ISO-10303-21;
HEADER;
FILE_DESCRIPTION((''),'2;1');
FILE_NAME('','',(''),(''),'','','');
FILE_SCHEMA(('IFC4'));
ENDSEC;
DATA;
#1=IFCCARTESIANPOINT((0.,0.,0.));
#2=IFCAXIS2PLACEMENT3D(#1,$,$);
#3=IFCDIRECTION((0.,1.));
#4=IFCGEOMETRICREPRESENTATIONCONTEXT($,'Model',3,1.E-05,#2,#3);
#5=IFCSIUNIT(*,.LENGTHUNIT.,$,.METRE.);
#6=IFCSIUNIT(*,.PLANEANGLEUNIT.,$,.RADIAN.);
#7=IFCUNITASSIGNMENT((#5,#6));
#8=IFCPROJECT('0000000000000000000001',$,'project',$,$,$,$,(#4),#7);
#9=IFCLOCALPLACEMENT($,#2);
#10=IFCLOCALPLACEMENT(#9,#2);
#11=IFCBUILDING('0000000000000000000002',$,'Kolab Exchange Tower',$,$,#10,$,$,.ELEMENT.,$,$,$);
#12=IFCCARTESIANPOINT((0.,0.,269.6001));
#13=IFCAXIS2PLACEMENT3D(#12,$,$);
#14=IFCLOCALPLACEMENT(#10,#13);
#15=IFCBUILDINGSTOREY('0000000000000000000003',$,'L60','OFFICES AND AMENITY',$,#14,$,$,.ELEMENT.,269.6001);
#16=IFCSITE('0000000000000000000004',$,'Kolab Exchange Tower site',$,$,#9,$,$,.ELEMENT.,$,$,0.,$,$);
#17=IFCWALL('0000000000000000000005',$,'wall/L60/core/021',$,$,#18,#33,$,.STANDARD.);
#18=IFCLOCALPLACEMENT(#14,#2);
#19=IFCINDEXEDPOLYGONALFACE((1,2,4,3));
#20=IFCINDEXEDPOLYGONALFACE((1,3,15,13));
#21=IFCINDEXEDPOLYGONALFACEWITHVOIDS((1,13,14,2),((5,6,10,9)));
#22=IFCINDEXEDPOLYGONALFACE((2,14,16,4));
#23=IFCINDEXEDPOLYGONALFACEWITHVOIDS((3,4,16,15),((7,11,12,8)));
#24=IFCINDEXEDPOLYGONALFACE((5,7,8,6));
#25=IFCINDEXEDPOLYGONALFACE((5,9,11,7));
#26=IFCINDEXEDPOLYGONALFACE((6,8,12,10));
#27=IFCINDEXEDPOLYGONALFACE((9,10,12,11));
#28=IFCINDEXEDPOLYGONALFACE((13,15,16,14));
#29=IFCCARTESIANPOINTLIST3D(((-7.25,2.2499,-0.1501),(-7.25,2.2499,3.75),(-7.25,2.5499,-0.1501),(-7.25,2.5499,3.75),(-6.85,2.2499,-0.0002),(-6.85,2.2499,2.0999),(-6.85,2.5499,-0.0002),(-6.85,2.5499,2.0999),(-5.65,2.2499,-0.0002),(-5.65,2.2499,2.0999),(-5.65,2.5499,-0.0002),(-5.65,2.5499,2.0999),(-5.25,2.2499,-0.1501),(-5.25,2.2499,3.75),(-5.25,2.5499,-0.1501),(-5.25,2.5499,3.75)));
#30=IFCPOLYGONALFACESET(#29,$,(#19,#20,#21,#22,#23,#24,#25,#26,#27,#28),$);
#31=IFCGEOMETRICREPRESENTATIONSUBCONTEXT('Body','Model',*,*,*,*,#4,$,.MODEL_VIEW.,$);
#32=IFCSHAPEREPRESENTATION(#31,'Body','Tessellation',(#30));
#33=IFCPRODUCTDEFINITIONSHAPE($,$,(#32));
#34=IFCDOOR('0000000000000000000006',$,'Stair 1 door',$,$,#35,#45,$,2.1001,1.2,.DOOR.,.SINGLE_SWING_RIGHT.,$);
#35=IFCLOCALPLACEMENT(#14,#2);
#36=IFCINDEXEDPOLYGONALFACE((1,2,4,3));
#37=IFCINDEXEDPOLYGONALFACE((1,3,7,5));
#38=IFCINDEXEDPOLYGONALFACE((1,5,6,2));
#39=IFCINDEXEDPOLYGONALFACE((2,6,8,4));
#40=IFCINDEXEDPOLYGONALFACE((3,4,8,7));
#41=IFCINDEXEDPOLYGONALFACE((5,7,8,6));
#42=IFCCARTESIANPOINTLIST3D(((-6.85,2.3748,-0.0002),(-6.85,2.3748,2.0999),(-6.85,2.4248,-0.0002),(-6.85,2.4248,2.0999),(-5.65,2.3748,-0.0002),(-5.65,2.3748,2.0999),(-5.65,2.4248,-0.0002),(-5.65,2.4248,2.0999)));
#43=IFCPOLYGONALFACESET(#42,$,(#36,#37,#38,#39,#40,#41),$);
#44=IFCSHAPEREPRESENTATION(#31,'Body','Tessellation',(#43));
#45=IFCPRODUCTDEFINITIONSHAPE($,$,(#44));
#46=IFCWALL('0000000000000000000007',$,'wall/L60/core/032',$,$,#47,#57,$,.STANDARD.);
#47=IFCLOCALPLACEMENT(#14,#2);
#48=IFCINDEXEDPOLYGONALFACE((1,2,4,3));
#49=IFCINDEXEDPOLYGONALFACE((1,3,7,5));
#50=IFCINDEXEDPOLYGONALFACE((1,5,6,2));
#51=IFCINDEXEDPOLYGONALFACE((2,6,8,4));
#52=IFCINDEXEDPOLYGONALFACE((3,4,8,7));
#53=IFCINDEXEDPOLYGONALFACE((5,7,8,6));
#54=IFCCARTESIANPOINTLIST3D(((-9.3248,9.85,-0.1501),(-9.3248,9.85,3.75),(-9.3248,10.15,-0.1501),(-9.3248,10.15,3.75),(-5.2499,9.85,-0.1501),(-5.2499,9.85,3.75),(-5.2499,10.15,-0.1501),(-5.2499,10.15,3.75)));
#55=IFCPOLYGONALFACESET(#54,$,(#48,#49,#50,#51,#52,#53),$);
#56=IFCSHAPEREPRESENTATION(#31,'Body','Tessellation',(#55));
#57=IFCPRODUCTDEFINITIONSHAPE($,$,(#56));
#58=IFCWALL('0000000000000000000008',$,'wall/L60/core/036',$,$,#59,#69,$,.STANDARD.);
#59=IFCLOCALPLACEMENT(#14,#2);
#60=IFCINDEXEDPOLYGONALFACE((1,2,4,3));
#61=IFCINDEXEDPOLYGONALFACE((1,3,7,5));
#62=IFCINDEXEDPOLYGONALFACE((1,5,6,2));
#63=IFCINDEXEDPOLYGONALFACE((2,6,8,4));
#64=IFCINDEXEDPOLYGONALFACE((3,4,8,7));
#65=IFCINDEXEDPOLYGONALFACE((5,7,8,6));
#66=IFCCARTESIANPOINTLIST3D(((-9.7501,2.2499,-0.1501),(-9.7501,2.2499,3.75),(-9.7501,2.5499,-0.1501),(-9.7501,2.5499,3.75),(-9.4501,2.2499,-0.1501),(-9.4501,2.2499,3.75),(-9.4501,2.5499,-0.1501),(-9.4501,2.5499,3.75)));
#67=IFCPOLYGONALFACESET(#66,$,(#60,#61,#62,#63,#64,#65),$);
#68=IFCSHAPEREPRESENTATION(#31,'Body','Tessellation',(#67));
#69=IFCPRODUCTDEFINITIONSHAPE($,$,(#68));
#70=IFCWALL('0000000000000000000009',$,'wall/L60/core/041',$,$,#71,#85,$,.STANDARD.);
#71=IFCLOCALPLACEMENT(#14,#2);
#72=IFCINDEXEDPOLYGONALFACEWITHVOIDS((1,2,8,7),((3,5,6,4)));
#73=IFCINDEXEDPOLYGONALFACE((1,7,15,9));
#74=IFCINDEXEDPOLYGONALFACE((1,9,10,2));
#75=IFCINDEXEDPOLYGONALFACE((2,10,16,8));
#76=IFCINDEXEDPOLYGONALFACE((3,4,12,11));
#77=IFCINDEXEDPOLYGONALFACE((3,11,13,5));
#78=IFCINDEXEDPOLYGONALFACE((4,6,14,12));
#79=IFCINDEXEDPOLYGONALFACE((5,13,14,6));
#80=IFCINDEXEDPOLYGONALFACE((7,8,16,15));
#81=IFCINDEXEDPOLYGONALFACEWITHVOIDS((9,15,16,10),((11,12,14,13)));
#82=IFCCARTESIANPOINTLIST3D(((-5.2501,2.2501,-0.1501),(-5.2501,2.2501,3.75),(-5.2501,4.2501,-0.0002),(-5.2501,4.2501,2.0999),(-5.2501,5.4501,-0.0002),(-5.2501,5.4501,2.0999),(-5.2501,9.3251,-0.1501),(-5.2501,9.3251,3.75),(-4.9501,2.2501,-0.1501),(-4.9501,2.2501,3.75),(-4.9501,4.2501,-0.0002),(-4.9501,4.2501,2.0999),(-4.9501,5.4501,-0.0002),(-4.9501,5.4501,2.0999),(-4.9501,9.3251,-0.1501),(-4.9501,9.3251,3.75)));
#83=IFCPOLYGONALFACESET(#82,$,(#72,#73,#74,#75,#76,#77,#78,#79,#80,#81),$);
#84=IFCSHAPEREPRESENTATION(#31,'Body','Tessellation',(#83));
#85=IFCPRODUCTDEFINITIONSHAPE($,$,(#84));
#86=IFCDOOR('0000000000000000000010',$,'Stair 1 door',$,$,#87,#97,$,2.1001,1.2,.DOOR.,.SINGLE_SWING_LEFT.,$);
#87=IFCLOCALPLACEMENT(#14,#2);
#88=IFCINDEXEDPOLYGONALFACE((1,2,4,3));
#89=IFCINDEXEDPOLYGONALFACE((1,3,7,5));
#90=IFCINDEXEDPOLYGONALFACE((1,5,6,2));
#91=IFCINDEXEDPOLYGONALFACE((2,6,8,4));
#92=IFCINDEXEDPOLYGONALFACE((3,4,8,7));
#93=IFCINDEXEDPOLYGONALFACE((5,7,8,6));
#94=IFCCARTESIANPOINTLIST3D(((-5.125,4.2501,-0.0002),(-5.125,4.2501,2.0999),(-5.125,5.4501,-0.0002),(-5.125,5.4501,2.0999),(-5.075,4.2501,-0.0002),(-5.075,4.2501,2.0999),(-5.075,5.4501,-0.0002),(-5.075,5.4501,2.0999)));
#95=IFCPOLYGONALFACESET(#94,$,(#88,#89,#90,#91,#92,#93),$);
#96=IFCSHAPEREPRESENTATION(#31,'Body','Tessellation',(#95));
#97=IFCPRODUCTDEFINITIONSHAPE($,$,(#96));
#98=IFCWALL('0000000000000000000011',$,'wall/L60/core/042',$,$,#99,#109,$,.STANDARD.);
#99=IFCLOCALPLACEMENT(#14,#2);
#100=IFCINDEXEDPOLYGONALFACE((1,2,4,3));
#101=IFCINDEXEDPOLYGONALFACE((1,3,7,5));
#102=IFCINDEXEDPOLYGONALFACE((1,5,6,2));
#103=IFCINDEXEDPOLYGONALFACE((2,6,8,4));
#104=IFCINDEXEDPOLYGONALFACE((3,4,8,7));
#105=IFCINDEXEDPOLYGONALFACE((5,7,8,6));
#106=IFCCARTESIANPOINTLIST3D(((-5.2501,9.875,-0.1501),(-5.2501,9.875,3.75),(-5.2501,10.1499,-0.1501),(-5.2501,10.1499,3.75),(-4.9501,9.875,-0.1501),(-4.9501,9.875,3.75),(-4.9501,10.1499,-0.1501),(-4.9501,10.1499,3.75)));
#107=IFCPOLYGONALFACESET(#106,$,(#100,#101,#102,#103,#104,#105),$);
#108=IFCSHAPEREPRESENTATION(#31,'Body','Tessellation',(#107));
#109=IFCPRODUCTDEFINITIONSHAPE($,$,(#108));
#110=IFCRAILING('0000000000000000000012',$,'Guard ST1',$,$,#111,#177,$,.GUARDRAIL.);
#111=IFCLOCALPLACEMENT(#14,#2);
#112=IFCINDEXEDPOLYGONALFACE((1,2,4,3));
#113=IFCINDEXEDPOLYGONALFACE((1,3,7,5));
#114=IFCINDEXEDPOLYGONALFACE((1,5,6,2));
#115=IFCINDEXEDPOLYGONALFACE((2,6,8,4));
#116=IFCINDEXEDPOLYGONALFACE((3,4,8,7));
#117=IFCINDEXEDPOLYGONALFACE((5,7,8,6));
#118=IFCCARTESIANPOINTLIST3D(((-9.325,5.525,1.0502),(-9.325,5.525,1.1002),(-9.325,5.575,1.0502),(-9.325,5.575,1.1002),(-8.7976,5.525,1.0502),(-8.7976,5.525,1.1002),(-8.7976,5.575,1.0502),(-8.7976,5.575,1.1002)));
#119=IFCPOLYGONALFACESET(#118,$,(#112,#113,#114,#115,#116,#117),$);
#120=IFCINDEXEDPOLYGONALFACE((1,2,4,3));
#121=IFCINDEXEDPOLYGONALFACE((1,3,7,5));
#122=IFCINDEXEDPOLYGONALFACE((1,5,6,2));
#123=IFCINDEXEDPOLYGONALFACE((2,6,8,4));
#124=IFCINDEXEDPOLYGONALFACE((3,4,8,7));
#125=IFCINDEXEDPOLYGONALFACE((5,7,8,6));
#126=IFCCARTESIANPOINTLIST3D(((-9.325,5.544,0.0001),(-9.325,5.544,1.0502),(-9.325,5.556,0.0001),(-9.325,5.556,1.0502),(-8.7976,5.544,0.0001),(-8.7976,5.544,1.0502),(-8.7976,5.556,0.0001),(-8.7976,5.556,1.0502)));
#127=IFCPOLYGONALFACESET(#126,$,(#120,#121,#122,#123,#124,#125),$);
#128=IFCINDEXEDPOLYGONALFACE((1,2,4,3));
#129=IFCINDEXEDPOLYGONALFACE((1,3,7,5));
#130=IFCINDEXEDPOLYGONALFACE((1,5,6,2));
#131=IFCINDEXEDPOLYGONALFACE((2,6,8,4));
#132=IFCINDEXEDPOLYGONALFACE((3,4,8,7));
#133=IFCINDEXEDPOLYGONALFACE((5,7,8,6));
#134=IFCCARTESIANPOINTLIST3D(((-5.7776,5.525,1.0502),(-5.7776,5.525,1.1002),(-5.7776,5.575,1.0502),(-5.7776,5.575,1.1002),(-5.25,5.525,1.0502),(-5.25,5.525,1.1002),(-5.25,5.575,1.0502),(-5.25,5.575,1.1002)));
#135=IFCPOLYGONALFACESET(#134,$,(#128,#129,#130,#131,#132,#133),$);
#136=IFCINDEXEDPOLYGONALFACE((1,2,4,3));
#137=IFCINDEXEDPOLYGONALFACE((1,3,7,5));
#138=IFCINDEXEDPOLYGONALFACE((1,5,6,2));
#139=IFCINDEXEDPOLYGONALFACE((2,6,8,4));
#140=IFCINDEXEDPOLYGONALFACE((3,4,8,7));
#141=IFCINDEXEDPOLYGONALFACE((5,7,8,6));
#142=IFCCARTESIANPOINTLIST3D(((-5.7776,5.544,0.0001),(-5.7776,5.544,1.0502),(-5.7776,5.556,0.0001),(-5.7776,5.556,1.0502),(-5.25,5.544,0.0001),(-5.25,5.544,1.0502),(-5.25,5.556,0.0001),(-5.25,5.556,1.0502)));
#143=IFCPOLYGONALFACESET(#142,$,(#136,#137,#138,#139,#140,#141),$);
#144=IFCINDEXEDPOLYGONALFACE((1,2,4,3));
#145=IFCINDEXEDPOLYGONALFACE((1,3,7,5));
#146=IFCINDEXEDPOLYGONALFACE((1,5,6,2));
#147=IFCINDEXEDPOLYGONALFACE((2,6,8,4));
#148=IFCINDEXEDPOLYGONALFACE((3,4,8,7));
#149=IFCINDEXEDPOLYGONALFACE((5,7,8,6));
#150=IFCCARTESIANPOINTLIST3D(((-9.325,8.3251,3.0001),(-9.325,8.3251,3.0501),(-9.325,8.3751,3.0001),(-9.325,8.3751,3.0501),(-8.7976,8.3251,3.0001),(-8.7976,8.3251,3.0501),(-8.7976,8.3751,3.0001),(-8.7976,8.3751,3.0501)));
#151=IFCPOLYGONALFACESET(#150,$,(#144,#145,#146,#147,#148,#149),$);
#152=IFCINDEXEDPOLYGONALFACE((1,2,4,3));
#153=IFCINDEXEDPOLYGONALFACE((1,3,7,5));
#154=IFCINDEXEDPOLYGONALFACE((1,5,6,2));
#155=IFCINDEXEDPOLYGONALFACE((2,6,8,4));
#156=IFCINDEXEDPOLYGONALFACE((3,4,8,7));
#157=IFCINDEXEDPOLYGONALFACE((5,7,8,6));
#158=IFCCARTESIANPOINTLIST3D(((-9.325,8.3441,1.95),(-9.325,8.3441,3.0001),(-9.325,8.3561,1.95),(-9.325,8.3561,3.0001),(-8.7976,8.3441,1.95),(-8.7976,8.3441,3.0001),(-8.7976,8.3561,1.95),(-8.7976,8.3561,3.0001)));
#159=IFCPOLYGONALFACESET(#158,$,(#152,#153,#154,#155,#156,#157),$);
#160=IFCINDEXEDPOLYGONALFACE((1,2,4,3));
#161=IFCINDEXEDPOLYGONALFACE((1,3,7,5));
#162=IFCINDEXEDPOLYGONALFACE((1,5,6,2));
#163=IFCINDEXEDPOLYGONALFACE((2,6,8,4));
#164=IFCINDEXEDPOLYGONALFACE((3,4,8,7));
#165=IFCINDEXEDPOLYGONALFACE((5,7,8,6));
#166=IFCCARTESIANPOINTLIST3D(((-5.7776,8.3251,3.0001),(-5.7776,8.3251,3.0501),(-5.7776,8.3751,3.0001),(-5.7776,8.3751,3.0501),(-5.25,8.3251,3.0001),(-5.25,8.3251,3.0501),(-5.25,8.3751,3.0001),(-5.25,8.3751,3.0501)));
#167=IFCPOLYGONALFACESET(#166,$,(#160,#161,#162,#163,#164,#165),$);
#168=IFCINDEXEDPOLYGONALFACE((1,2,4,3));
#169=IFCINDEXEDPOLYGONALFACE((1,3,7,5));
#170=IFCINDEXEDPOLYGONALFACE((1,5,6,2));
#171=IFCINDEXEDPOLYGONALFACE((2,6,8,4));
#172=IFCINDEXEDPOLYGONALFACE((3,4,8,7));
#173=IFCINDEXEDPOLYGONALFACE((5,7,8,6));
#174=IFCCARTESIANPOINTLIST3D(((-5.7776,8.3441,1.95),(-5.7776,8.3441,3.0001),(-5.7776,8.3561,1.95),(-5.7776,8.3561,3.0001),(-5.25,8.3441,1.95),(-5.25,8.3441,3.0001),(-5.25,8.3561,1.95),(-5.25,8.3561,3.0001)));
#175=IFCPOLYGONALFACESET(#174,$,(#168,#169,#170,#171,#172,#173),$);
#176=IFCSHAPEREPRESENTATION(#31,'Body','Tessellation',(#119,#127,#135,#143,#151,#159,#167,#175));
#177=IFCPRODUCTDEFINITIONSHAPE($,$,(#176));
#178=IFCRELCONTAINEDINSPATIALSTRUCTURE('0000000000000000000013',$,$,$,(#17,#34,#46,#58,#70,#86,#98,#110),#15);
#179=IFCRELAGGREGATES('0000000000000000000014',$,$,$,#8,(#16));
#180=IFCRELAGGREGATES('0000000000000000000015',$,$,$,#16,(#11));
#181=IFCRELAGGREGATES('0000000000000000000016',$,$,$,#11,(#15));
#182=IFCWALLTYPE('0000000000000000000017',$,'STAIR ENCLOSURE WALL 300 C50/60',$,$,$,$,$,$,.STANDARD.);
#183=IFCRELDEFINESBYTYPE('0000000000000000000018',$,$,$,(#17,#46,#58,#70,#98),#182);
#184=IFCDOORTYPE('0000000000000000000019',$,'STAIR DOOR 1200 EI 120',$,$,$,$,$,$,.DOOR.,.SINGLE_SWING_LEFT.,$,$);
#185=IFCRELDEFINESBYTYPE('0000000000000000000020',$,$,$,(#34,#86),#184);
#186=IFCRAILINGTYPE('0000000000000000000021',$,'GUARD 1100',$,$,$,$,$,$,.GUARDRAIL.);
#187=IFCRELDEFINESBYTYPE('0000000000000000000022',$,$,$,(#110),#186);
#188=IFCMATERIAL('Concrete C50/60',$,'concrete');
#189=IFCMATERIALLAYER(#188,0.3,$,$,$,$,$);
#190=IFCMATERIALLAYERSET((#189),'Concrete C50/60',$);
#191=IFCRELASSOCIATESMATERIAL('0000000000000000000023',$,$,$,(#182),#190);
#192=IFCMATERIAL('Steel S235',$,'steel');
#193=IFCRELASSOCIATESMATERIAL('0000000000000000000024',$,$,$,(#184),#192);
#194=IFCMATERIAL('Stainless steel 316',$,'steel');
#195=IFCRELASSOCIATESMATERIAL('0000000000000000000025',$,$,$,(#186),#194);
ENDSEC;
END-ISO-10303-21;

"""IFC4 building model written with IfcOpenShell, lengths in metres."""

from ifc_helpers import new_model, si_unit, direction, frame, frame_2d, origin, origin_2d, place, context, subcontext, project, spatial, rectangle, extrude, material, layer, layer_set, type_object, element, fill, save


model = new_model("IFC4")

# Units and contexts
model_context = context("Model", 3, precision=1e-05, world=origin(), true_north=direction((0.0, 1.0)))
body_context = subcontext(model_context, "Body", "Model", "MODEL_VIEW")
ifc_project = project(units=[si_unit("LENGTHUNIT", "METRE"), si_unit("PLANEANGLEUNIT", "RADIAN")], contexts=[model_context])

# Site, building, storey
site_placement = place(None, origin())
site = spatial("IfcSite", under=ifc_project, at=site_placement, Name="Kolab Exchange Tower site", CompositionType="ELEMENT", RefElevation=0.0)
building_placement = place(site_placement, origin())
building = spatial("IfcBuilding", under=site, at=building_placement, Name="Kolab Exchange Tower", CompositionType="ELEMENT")
storey_placement = place(building_placement, frame((0.0, 0.0, 269.6001)))
storey = spatial("IfcBuildingStorey", under=building, at=storey_placement, Name="L60", Description="OFFICES AND AMENITY", CompositionType="ELEMENT", Elevation=269.6001)

# Shared definitions
ifc_material_1 = material(Name="Concrete C50/60", Category="concrete")
ifc_material_2 = material(Name="Steel S235", Category="steel")

# Shared definitions
ifc_material_3 = material(Name="Stainless steel 316", Category="steel")

# Shared definitions
ifc_layer_1 = layer(ifc_material_1, 0.3)
ifc_layer_set_1 = layer_set([ifc_layer_1], Name="Concrete C50/60")
wall_type_1 = type_object("IfcWallType", Name="STAIR ENCLOSURE WALL 300 C50/60", PredefinedType="STANDARD", material=ifc_layer_set_1)

# Wall, opening, door
wall_1_placement = place(storey_placement, frame((-7.25, 2.3999, -0.1501), z_axis=(0.0, 0.0, 1.0), x_axis=(1.0, 0.0, 0.0)))
wall_1 = element("IfcWall", 1, at=wall_1_placement, inside=storey, type_object=wall_type_1, Name="wall/L60/core/021", PredefinedType="STANDARD", context=body_context, shape_type="SweptSolid", body=[
    extrude(rectangle(XDim=2.0, YDim=0.3, at=frame_2d((1.0, 0.0))), origin(), (0.0, 0.0, 1.0), 3.9001),
])
opening_1_placement = place(wall_1_placement, frame((0.3999, 0.0, 0.1499)))
opening_1 = element("IfcOpeningElement", 2, at=opening_1_placement, cuts=wall_1, PredefinedType="OPENING", context=body_context, shape_type="SweptSolid", body=[
    extrude(rectangle(XDim=1.2, YDim=2.1001, at=frame_2d((0.6001, 1.05))), frame((0.0, 0.1602, 0.0), z_axis=(0.0, -1.0, 0.0), x_axis=(1.0, 0.0, 0.0)), (0.0, 0.0, 1.0), 0.3201),
])
door_type_1 = type_object("IfcDoorType", Name="STAIR DOOR 1200 EI 120", OperationType="SINGLE_SWING_LEFT", PredefinedType="DOOR", material=ifc_material_2)
door_1_placement = place(opening_1_placement, origin())
door_1 = element("IfcDoor", 3, at=door_1_placement, inside=storey, type_object=door_type_1, Name="Stair 1 door", OperationType="SINGLE_SWING_RIGHT", OverallHeight=2.1001, OverallWidth=1.2, PredefinedType="DOOR", context=body_context, shape_type="SweptSolid", body=[
    extrude(rectangle(XDim=1.2, YDim=2.1001, at=frame_2d((0.6001, 1.05))), frame((0.0, 0.0249, 0.0), z_axis=(0.0, -1.0, 0.0), x_axis=(1.0, 0.0, 0.0)), (0.0, 0.0, 1.0), 0.05),
])
fill(opening_1, door_1)

# Walls
wall_2_placement = place(storey_placement, frame((-9.325, 10.0, -0.1501), z_axis=(0.0, 0.0, 1.0), x_axis=(1.0, 0.0, 0.0)))
element("IfcWall", 4, at=wall_2_placement, inside=storey, type_object=wall_type_1, Name="wall/L60/core/032", PredefinedType="STANDARD", context=body_context, shape_type="SweptSolid", body=[
    extrude(rectangle(XDim=4.075, YDim=0.3, at=frame_2d((2.0376, 0.0))), origin(), (0.0, 0.0, 1.0), 3.9001),
])
wall_3_placement = place(storey_placement, frame((-9.6001, 2.25, -0.1501), z_axis=(0.0, 0.0, 1.0), x_axis=(0.0, 1.0, 0.0)))
element("IfcWall", 5, at=wall_3_placement, inside=storey, type_object=wall_type_1, Name="wall/L60/core/036", PredefinedType="STANDARD", context=body_context, shape_type="SweptSolid", body=[
    extrude(rectangle(XDim=0.3, YDim=0.3, at=frame_2d((0.1499, 0.0))), origin(), (0.0, 0.0, 1.0), 3.9001),
])

# Wall, opening, door
wall_4_placement = place(storey_placement, frame((-5.1001, 2.25, -0.1501), z_axis=(0.0, 0.0, 1.0), x_axis=(0.0, 1.0, 0.0)))
wall_4 = element("IfcWall", 6, at=wall_4_placement, inside=storey, type_object=wall_type_1, Name="wall/L60/core/041", PredefinedType="STANDARD", context=body_context, shape_type="SweptSolid", body=[
    extrude(rectangle(XDim=7.075, YDim=0.3, at=frame_2d((3.5376, 0.0))), origin(), (0.0, 0.0, 1.0), 3.9001),
])
opening_2_placement = place(wall_4_placement, frame((2.0, 0.0, 0.1499)))
opening_2 = element("IfcOpeningElement", 7, at=opening_2_placement, cuts=wall_4, PredefinedType="OPENING", context=body_context, shape_type="SweptSolid", body=[
    extrude(rectangle(XDim=1.2, YDim=2.1001, at=frame_2d((0.6001, 1.05))), frame((0.0, 0.1602, 0.0), z_axis=(0.0, -1.0, 0.0), x_axis=(1.0, 0.0, 0.0)), (0.0, 0.0, 1.0), 0.3201),
])
door_2_placement = place(opening_2_placement, origin())
door_2 = element("IfcDoor", 8, at=door_2_placement, inside=storey, type_object=door_type_1, Name="Stair 1 door", OperationType="SINGLE_SWING_LEFT", OverallHeight=2.1001, OverallWidth=1.2, PredefinedType="DOOR", context=body_context, shape_type="SweptSolid", body=[
    extrude(rectangle(XDim=1.2, YDim=2.1001, at=frame_2d((0.6001, 1.05))), frame((0.0, 0.0249, 0.0), z_axis=(0.0, -1.0, 0.0), x_axis=(1.0, 0.0, 0.0)), (0.0, 0.0, 1.0), 0.05),
])
fill(opening_2, door_2)

# Wall
wall_5_placement = place(storey_placement, frame((-5.1001, 9.875, -0.1501), z_axis=(0.0, 0.0, 1.0), x_axis=(0.0, 1.0, 0.0)))
element("IfcWall", 9, at=wall_5_placement, inside=storey, type_object=wall_type_1, Name="wall/L60/core/042", PredefinedType="STANDARD", context=body_context, shape_type="SweptSolid", body=[
    extrude(rectangle(XDim=0.2749, YDim=0.3, at=frame_2d((0.1375, 0.0))), origin(), (0.0, 0.0, 1.0), 3.9001),
])

# Railing
railing_type = type_object("IfcRailingType", Name="GUARD 1100", PredefinedType="GUARDRAIL", material=ifc_material_3)
railing_1_placement = place(storey_placement, frame((-9.325, 5.55, 0.0)))
element("IfcRailing", 10, at=railing_1_placement, inside=storey, type_object=railing_type, Name="Guard ST1", PredefinedType="GUARDRAIL", context=body_context, shape_type="SweptSolid", body=[
    extrude(rectangle(XDim=0.05, YDim=0.05, at=origin_2d()), frame((0.0, 0.0, 1.0752), z_axis=(1.0, 0.0, 0.0), x_axis=(0.0, 1.0, 0.0)), (0.0, 0.0, 1.0), 0.5273),
    extrude(rectangle(XDim=0.012, YDim=1.0501, at=frame_2d((0.0, 0.5251))), frame((0.0, 0.0, 0.0), z_axis=(1.0, 0.0, 0.0), x_axis=(0.0, 1.0, 0.0)), (0.0, 0.0, 1.0), 0.5273),
    extrude(rectangle(XDim=0.05, YDim=0.05, at=origin_2d()), frame((3.5474, 0.0, 1.0752), z_axis=(1.0, 0.0, 0.0), x_axis=(0.0, 1.0, 0.0)), (0.0, 0.0, 1.0), 0.5276),
    extrude(rectangle(XDim=0.012, YDim=1.0501, at=frame_2d((0.0, 0.5251))), frame((3.5474, 0.0, 0.0), z_axis=(1.0, 0.0, 0.0), x_axis=(0.0, 1.0, 0.0)), (0.0, 0.0, 1.0), 0.5276),
    extrude(rectangle(XDim=0.05, YDim=0.05, at=origin_2d()), frame((0.0, 2.8, 3.0251), z_axis=(1.0, 0.0, 0.0), x_axis=(0.0, 1.0, 0.0)), (0.0, 0.0, 1.0), 0.5273),
    extrude(rectangle(XDim=0.012, YDim=1.0501, at=frame_2d((0.0, 0.5251))), frame((0.0, 2.8, 1.95), z_axis=(1.0, 0.0, 0.0), x_axis=(0.0, 1.0, 0.0)), (0.0, 0.0, 1.0), 0.5273),
    extrude(rectangle(XDim=0.05, YDim=0.05, at=origin_2d()), frame((3.5474, 2.8, 3.0251), z_axis=(1.0, 0.0, 0.0), x_axis=(0.0, 1.0, 0.0)), (0.0, 0.0, 1.0), 0.5276),
    extrude(rectangle(XDim=0.012, YDim=1.0501, at=frame_2d((0.0, 0.5251))), frame((3.5474, 2.8, 1.95), z_axis=(1.0, 0.0, 0.0), x_axis=(0.0, 1.0, 0.0)), (0.0, 0.0, 1.0), 0.5276),
])

save(model, "model.ifc")
